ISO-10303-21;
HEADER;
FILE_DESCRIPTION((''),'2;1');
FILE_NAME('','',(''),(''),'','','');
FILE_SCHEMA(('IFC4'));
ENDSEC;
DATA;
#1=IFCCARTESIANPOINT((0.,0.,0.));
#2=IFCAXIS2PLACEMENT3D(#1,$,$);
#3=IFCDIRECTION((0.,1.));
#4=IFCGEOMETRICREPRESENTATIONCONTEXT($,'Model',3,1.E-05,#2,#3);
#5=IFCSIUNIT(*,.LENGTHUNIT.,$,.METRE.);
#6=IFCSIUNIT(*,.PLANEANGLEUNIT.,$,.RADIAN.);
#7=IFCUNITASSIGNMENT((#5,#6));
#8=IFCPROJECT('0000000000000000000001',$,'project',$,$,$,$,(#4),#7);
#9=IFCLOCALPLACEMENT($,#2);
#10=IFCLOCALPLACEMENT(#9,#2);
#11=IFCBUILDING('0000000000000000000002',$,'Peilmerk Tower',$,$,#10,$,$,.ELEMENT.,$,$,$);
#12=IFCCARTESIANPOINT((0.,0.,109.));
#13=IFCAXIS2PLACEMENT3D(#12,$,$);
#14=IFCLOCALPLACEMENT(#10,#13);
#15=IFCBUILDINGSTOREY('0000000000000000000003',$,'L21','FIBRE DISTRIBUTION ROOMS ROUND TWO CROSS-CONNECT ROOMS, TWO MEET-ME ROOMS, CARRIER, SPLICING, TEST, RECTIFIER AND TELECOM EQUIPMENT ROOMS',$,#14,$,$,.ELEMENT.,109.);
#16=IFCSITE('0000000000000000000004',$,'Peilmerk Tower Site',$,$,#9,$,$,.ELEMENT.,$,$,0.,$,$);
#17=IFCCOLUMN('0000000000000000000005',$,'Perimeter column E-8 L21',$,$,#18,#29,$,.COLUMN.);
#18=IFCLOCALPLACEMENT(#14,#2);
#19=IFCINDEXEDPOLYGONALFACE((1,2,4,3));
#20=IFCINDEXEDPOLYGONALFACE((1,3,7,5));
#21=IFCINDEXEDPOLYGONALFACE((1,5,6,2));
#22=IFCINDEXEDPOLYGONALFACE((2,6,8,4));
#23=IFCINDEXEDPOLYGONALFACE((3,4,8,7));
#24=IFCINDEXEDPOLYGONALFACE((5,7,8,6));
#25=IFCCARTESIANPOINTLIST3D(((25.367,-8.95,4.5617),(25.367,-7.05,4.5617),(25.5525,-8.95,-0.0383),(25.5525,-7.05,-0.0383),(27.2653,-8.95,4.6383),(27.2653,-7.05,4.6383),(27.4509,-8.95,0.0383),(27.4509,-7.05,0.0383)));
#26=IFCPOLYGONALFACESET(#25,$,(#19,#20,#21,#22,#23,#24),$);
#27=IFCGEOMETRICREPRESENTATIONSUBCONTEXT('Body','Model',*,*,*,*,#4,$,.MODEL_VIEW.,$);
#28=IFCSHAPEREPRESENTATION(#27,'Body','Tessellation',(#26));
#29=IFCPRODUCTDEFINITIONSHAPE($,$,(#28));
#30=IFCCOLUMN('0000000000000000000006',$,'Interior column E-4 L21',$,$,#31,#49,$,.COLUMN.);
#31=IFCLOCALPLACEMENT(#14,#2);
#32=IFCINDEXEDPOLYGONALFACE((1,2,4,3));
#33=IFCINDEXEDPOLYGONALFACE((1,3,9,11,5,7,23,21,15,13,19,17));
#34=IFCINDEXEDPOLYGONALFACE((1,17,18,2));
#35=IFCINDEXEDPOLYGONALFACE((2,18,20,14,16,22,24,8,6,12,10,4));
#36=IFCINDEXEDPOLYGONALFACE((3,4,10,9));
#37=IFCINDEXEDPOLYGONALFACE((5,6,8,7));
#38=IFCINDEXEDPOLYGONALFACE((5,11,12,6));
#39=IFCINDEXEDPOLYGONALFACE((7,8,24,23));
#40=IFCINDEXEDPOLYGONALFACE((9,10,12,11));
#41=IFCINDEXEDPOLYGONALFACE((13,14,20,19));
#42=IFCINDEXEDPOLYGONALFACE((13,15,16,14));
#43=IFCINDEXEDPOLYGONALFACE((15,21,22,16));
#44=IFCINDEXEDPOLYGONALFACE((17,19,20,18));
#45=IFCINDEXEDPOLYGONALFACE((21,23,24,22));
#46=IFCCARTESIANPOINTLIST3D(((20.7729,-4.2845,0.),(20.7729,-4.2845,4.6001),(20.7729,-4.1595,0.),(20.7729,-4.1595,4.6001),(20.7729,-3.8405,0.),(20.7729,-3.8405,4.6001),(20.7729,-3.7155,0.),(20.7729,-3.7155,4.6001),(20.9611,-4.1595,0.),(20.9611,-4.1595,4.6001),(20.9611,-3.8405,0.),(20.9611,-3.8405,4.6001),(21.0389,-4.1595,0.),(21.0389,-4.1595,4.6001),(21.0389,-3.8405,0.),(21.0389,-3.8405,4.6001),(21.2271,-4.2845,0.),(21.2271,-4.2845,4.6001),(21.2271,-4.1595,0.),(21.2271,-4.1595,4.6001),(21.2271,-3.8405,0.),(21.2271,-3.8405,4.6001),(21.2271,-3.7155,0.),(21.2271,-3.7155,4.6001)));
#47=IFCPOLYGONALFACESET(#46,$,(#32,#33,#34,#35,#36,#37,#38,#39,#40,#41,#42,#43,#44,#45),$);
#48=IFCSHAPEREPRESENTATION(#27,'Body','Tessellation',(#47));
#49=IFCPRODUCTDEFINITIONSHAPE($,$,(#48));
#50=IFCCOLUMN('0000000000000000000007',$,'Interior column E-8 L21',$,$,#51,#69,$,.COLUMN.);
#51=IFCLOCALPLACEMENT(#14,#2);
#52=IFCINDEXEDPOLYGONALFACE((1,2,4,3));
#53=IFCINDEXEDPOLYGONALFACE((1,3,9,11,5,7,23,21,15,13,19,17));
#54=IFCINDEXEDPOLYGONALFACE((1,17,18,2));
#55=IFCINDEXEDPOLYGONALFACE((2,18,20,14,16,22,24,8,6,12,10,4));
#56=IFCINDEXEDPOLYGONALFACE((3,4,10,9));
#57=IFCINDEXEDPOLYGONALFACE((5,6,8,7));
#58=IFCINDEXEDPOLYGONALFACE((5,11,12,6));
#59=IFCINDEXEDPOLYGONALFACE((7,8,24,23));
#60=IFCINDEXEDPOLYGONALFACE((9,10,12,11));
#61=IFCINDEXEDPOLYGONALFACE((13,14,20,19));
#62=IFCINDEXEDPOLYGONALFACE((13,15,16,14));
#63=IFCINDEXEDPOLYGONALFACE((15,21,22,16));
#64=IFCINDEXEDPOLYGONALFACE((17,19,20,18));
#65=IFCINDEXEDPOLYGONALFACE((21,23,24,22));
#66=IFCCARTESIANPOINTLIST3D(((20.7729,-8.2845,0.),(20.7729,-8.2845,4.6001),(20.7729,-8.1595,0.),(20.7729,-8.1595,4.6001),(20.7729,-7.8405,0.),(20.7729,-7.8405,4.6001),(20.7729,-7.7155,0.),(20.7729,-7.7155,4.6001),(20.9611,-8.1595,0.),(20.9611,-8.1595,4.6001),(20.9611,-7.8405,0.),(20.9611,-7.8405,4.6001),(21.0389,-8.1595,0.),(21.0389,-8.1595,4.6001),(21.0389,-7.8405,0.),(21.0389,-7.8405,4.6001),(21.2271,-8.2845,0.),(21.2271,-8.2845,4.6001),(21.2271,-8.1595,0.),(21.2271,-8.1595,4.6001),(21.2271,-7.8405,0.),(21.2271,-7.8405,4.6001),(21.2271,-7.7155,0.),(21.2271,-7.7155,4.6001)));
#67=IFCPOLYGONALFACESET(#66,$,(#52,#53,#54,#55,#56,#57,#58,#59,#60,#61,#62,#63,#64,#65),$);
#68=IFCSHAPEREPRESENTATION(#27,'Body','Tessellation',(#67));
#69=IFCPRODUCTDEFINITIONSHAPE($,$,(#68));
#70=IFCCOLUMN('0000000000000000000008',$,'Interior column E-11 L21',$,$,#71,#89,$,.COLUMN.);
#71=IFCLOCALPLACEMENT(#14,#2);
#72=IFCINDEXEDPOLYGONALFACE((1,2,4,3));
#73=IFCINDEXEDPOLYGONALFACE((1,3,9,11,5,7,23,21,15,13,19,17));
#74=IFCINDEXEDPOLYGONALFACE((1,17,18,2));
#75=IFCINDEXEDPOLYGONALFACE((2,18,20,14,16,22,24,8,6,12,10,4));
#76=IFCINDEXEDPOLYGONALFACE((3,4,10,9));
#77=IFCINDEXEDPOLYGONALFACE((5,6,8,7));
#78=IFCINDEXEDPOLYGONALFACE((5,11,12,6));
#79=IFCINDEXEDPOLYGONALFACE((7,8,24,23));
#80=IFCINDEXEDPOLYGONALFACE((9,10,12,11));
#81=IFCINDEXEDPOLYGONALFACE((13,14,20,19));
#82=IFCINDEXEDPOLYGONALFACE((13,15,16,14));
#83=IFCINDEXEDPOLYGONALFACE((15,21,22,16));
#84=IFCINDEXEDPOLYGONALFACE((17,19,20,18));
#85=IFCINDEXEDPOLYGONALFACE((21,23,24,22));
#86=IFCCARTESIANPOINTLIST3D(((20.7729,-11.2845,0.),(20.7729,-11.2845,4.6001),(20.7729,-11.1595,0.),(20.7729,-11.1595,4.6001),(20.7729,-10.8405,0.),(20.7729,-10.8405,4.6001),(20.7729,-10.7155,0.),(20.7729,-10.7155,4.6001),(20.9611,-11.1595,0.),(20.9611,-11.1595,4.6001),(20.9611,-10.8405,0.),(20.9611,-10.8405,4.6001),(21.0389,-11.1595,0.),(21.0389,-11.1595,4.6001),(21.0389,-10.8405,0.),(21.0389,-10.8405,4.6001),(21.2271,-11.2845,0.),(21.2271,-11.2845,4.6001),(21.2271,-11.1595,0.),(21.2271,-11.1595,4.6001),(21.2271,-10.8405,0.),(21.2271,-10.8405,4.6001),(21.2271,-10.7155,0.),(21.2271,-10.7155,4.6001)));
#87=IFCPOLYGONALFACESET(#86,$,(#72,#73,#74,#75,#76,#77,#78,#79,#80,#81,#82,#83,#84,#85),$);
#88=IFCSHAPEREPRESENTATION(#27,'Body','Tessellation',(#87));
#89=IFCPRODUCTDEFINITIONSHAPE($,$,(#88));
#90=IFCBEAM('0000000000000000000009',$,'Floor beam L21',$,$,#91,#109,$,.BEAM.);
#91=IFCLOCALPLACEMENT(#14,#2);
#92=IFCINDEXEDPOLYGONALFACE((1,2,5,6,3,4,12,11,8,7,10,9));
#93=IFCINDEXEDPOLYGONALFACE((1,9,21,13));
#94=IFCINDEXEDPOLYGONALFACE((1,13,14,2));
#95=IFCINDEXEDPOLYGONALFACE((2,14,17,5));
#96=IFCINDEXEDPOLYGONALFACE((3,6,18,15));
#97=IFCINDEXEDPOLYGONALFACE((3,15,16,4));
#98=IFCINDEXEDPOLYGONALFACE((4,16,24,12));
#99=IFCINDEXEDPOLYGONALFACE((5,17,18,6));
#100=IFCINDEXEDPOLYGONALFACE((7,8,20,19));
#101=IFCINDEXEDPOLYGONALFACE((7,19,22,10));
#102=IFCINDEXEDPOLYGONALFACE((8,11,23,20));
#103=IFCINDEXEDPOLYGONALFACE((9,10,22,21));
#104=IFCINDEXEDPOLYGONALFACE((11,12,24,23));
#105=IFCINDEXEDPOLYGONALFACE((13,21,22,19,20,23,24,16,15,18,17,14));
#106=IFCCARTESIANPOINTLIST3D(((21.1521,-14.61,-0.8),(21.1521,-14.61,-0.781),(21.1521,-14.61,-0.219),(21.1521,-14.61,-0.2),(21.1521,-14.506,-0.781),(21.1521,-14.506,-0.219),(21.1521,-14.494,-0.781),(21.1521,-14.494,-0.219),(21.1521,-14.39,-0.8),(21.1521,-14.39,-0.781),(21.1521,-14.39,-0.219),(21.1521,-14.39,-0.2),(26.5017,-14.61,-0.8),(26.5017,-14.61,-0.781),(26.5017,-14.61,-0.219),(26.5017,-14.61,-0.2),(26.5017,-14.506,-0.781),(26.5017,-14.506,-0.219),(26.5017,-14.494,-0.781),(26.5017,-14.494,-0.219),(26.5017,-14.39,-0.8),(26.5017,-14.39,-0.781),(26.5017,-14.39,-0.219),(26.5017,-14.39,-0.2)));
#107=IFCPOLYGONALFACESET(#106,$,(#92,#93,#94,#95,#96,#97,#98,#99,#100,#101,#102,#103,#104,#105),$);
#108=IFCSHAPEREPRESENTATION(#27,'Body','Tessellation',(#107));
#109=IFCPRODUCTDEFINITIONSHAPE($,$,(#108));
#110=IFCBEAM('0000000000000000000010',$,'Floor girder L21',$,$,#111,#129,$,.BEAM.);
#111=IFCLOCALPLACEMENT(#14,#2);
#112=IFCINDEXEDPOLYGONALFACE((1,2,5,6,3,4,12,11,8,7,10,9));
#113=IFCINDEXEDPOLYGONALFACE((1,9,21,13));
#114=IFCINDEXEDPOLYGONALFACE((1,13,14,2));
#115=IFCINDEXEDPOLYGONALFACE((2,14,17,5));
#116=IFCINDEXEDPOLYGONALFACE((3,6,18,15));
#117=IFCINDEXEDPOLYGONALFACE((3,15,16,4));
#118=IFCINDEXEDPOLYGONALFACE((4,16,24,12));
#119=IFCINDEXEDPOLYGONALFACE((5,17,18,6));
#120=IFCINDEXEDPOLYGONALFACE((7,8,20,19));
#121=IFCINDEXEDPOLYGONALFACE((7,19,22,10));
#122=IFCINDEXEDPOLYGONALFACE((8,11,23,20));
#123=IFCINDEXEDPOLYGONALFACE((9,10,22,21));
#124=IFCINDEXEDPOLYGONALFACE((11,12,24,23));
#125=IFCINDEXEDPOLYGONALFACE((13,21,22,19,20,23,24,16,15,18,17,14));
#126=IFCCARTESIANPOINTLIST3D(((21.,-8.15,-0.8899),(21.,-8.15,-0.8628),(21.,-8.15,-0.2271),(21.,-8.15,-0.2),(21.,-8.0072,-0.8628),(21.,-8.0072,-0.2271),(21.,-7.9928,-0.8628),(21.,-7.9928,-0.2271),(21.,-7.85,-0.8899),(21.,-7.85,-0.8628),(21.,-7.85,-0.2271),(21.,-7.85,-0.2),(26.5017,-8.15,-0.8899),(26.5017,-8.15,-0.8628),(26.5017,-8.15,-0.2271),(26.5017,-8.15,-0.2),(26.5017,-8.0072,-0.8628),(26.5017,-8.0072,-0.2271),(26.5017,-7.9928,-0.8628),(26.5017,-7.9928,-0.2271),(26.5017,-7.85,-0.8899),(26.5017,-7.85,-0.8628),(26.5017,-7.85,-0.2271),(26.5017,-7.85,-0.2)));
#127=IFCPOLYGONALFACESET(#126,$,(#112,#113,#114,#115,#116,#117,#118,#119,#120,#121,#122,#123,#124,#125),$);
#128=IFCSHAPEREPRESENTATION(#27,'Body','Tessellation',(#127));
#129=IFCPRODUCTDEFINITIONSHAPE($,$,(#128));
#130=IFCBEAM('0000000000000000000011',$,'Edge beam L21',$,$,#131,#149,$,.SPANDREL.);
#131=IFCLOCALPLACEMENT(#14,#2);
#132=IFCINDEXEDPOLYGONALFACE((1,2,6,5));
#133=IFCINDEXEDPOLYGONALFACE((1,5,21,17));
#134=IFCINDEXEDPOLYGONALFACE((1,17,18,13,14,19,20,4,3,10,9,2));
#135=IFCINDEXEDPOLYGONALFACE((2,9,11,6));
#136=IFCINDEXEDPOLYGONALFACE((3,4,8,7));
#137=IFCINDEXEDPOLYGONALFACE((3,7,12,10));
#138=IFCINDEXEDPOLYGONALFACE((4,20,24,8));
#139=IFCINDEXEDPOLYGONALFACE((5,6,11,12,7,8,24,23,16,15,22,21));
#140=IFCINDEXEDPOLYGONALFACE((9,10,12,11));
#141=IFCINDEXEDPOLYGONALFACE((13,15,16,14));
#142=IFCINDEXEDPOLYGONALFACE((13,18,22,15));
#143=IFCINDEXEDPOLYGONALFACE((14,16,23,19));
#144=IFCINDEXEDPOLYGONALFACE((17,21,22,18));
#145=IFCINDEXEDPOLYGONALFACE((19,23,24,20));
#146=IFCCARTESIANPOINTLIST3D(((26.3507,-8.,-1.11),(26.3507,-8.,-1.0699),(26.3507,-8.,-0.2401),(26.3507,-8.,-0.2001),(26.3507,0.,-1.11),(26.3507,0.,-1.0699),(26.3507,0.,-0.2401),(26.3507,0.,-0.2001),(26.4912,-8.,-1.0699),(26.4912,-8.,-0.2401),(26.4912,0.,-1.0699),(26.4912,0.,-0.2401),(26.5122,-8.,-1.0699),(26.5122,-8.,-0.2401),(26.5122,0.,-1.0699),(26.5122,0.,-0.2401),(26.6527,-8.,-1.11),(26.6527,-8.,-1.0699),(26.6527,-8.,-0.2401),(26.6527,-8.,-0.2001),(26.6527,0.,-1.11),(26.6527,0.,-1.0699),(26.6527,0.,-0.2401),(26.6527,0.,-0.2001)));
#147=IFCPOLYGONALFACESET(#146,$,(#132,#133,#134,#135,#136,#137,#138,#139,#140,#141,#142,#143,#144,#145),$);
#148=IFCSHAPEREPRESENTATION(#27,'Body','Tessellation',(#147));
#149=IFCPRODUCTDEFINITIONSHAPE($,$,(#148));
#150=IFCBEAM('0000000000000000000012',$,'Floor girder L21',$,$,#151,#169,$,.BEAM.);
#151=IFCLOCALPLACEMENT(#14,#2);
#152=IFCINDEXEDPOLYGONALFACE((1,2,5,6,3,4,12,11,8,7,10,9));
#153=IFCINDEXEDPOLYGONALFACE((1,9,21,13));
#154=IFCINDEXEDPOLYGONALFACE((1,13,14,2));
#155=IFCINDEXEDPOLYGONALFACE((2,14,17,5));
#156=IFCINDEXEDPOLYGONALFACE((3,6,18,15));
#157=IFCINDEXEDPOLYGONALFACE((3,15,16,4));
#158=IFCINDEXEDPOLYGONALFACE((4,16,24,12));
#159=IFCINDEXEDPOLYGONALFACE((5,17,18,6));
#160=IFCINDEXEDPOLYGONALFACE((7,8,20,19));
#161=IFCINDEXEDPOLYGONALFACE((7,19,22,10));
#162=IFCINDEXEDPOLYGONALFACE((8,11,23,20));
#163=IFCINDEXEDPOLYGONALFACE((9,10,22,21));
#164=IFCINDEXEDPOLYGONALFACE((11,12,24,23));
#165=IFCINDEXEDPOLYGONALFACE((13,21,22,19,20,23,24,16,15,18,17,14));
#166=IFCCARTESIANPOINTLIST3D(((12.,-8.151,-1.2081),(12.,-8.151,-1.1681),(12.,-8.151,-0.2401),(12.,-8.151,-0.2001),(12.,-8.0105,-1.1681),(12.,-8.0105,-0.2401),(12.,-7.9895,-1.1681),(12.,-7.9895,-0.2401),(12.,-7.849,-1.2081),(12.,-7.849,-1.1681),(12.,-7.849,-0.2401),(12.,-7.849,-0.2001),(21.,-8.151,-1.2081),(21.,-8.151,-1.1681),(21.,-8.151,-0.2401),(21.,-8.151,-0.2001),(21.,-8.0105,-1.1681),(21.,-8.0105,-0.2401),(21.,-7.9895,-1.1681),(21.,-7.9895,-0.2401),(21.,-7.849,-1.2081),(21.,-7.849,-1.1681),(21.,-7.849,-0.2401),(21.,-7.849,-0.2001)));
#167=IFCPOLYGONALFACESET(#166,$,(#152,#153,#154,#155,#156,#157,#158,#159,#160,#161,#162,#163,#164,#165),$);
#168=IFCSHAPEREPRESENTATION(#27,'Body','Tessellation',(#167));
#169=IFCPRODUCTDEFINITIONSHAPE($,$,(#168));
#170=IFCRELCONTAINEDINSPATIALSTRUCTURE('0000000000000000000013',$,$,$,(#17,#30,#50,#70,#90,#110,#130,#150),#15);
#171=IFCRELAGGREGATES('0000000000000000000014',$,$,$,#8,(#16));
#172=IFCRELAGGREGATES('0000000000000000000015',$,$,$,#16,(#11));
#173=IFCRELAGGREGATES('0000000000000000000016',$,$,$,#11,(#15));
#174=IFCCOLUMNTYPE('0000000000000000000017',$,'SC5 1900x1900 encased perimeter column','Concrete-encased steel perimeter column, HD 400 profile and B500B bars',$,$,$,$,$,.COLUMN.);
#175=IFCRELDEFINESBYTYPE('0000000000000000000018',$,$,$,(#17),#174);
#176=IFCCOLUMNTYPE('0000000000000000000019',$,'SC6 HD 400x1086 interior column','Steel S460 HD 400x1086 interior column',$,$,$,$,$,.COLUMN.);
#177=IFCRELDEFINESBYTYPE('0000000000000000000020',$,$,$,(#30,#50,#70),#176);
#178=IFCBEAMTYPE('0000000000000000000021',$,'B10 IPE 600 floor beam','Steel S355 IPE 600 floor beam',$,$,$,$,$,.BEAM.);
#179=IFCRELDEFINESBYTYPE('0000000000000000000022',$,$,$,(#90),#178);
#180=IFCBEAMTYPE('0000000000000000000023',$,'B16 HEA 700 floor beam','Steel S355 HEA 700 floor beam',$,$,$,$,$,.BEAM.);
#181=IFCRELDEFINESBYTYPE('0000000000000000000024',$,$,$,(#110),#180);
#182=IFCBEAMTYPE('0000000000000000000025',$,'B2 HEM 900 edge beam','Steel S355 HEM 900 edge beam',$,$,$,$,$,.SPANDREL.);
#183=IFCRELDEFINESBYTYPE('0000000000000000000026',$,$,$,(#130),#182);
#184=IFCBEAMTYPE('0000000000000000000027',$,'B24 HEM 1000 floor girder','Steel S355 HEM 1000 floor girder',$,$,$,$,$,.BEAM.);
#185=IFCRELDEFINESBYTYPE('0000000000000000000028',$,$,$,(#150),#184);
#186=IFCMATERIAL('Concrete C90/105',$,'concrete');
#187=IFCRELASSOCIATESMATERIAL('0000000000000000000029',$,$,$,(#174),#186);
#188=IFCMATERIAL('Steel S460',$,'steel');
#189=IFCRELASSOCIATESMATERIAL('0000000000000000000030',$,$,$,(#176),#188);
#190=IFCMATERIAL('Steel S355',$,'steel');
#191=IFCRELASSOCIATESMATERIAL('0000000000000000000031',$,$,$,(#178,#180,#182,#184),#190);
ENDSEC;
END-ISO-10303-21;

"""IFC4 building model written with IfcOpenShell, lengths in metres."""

from ifc_helpers import new_model, si_unit, direction, frame, origin, origin_2d, place, context, subcontext, project, spatial, rectangle, i_section, extrude, material, material_profile, profile_set, type_object, element, save


model = new_model("IFC4")

# Units and contexts
model_context = context("Model", 3, precision=1e-05, world=origin(), true_north=direction((0.0, 1.0)))
body_context = subcontext(model_context, "Body", "Model", "MODEL_VIEW")
ifc_project = project(units=[si_unit("LENGTHUNIT", "METRE"), si_unit("PLANEANGLEUNIT", "RADIAN")], contexts=[model_context])

# Site, building, storey
site_placement = place(None, origin())
site = spatial("IfcSite", under=ifc_project, at=site_placement, Name="Peilmerk Tower Site", CompositionType="ELEMENT", RefElevation=0.0)
building_placement = place(site_placement, origin())
building = spatial("IfcBuilding", under=site, at=building_placement, Name="Peilmerk Tower", CompositionType="ELEMENT")
storey_placement = place(building_placement, frame((0.0, 0.0, 109.0)))
storey = spatial("IfcBuildingStorey", under=building, at=storey_placement, Name="L21", Description="FIBRE DISTRIBUTION ROOMS ROUND TWO CROSS-CONNECT ROOMS, TWO MEET-ME ROOMS, CARRIER, SPLICING, TEST, RECTIFIER AND TELECOM EQUIPMENT ROOMS", CompositionType="ELEMENT", Elevation=109.0)

# Columns
ifc_material_1 = material(Name="Concrete C90/105", Category="concrete")
ifc_material_profile_1 = material_profile(ifc_material_1, rectangle(XDim=1.8999, YDim=1.8999, at=origin_2d()), Name="RC 1900x1900")
ifc_profile_set_1 = profile_set([ifc_material_profile_1], Name="Concrete C90/105")
column_type_1 = type_object("IfcColumnType", Name="SC5 1900x1900 encased perimeter column", Description="Concrete-encased steel perimeter column, HD 400 profile and B500B bars", PredefinedType="COLUMN", material=ifc_profile_set_1)
column_placement = place(storey_placement, frame((26.5017, -8.0, 0.0), z_axis=(-0.040303, 0.0, 0.999188), x_axis=(0.0, -1.0, 0.0)))
element("IfcColumn", 1, at=column_placement, inside=storey, type_object=column_type_1, Name="Perimeter column E-8 L21", PredefinedType="COLUMN", context=body_context, shape_type="SweptSolid", body=[
    extrude(rectangle(XDim=1.8999, YDim=1.8999, at=origin_2d()), origin(), (0.0, 0.0, 1.0), 4.6038),
])
ifc_material_2 = material(Name="Steel S460", Category="steel")
ifc_material_profile_2 = material_profile(ifc_material_2, i_section(OverallWidth=0.4541, OverallDepth=0.5691, WebThickness=0.0779, FlangeThickness=0.125, at=origin_2d()), Name="HD 400x1086")
ifc_profile_set_2 = profile_set([ifc_material_profile_2], Name="Steel S460")
column_type_2 = type_object("IfcColumnType", Name="SC6 HD 400x1086 interior column", Description="Steel S460 HD 400x1086 interior column", PredefinedType="COLUMN", material=ifc_profile_set_2)
for number, where, z_axis, x_axis, name in (
    (2, (21.0, -4.0, 0.0), (0.0, 0.0, 1.0), (1.0, 0.0, 0.0), "Interior column E-4 L21"),
    (3, (21.0, -8.0, 0.0), (0.0, 0.0, 1.0), (1.0, 0.0, 0.0), "Interior column E-8 L21"),
    (4, (21.0, -11.0, 0.0), (0.0, 0.0, 1.0), (1.0, 0.0, 0.0), "Interior column E-11 L21"),
):
    element("IfcColumn", number, at=place(storey_placement, frame(where, z_axis=z_axis, x_axis=x_axis)), inside=storey, type_object=column_type_2, Name=name, PredefinedType="COLUMN", context=body_context, shape_type="SweptSolid", body=[
        extrude(i_section(OverallWidth=0.4541, OverallDepth=0.5691, WebThickness=0.0779, FlangeThickness=0.125, at=origin_2d()), origin(), (0.0, 0.0, 1.0), 4.6001),
    ])

# Beams
ifc_material_3 = material(Name="Steel S355", Category="steel")
ifc_material_profile_3 = material_profile(ifc_material_3, i_section(OverallWidth=0.22, OverallDepth=0.6001, WebThickness=0.012, FlangeThickness=0.019, at=origin_2d()), Name="IPE 600")
ifc_profile_set_3 = profile_set([ifc_material_profile_3], Name="Steel S355")
beam_type_1 = type_object("IfcBeamType", Name="B10 IPE 600 floor beam", Description="Steel S355 IPE 600 floor beam", PredefinedType="BEAM", material=ifc_profile_set_3)
beam_1_placement = place(storey_placement, frame((21.1521, -14.5, -0.5), z_axis=(1.0, 0.0, 0.0), x_axis=(0.0, 1.0, 0.0)))
element("IfcBeam", 5, at=beam_1_placement, inside=storey, type_object=beam_type_1, Name="Floor beam L21", PredefinedType="BEAM", context=body_context, shape_type="SweptSolid", body=[
    extrude(i_section(OverallWidth=0.22, OverallDepth=0.6001, WebThickness=0.012, FlangeThickness=0.019, at=origin_2d()), origin(), (0.0, 0.0, 1.0), 5.3496),
])
ifc_material_profile_4 = material_profile(ifc_material_3, i_section(OverallWidth=0.3, OverallDepth=0.6899, WebThickness=0.0144, FlangeThickness=0.0271, at=origin_2d()), Name="HEA 700")
ifc_profile_set_4 = profile_set([ifc_material_profile_4], Name="Steel S355")
beam_type_2 = type_object("IfcBeamType", Name="B16 HEA 700 floor beam", Description="Steel S355 HEA 700 floor beam", PredefinedType="BEAM", material=ifc_profile_set_4)
beam_2_placement = place(storey_placement, frame((21.0, -8.0, -0.5449), z_axis=(1.0, 0.0, 0.0), x_axis=(0.0, 1.0, 0.0)))
element("IfcBeam", 6, at=beam_2_placement, inside=storey, type_object=beam_type_2, Name="Floor girder L21", PredefinedType="BEAM", context=body_context, shape_type="SweptSolid", body=[
    extrude(i_section(OverallWidth=0.3, OverallDepth=0.6899, WebThickness=0.0144, FlangeThickness=0.0271, at=origin_2d()), origin(), (0.0, 0.0, 1.0), 5.5017),
])
ifc_material_profile_5 = material_profile(ifc_material_3, i_section(OverallWidth=0.302, OverallDepth=0.9099, WebThickness=0.021, FlangeThickness=0.04, at=origin_2d()), Name="HEM 900")
ifc_profile_set_5 = profile_set([ifc_material_profile_5], Name="Steel S355")
beam_type_3 = type_object("IfcBeamType", Name="B2 HEM 900 edge beam", Description="Steel S355 HEM 900 edge beam", PredefinedType="SPANDREL", material=ifc_profile_set_5)
beam_3_placement = place(storey_placement, frame((26.5017, -8.0, -0.655), z_axis=(0.0, 1.0, 0.0), x_axis=(-1.0, 0.0, 0.0)))
element("IfcBeam", 7, at=beam_3_placement, inside=storey, type_object=beam_type_3, Name="Edge beam L21", PredefinedType="SPANDREL", context=body_context, shape_type="SweptSolid", body=[
    extrude(i_section(OverallWidth=0.302, OverallDepth=0.9099, WebThickness=0.021, FlangeThickness=0.04, at=origin_2d()), origin(), (0.0, 0.0, 1.0), 8.0),
])
ifc_material_profile_6 = material_profile(ifc_material_3, i_section(OverallWidth=0.302, OverallDepth=1.0081, WebThickness=0.021, FlangeThickness=0.04, at=origin_2d()), Name="HEM 1000")
ifc_profile_set_6 = profile_set([ifc_material_profile_6], Name="Steel S355")
beam_type_4 = type_object("IfcBeamType", Name="B24 HEM 1000 floor girder", Description="Steel S355 HEM 1000 floor girder", PredefinedType="BEAM", material=ifc_profile_set_6)
beam_4_placement = place(storey_placement, frame((12.0, -8.0, -0.7041), z_axis=(1.0, 0.0, 0.0), x_axis=(0.0, 1.0, 0.0)))
element("IfcBeam", 8, at=beam_4_placement, inside=storey, type_object=beam_type_4, Name="Floor girder L21", PredefinedType="BEAM", context=body_context, shape_type="SweptSolid", body=[
    extrude(i_section(OverallWidth=0.302, OverallDepth=1.0081, WebThickness=0.021, FlangeThickness=0.04, at=origin_2d()), origin(), (0.0, 0.0, 1.0), 9.0),
])

save(model, "model.ifc")
